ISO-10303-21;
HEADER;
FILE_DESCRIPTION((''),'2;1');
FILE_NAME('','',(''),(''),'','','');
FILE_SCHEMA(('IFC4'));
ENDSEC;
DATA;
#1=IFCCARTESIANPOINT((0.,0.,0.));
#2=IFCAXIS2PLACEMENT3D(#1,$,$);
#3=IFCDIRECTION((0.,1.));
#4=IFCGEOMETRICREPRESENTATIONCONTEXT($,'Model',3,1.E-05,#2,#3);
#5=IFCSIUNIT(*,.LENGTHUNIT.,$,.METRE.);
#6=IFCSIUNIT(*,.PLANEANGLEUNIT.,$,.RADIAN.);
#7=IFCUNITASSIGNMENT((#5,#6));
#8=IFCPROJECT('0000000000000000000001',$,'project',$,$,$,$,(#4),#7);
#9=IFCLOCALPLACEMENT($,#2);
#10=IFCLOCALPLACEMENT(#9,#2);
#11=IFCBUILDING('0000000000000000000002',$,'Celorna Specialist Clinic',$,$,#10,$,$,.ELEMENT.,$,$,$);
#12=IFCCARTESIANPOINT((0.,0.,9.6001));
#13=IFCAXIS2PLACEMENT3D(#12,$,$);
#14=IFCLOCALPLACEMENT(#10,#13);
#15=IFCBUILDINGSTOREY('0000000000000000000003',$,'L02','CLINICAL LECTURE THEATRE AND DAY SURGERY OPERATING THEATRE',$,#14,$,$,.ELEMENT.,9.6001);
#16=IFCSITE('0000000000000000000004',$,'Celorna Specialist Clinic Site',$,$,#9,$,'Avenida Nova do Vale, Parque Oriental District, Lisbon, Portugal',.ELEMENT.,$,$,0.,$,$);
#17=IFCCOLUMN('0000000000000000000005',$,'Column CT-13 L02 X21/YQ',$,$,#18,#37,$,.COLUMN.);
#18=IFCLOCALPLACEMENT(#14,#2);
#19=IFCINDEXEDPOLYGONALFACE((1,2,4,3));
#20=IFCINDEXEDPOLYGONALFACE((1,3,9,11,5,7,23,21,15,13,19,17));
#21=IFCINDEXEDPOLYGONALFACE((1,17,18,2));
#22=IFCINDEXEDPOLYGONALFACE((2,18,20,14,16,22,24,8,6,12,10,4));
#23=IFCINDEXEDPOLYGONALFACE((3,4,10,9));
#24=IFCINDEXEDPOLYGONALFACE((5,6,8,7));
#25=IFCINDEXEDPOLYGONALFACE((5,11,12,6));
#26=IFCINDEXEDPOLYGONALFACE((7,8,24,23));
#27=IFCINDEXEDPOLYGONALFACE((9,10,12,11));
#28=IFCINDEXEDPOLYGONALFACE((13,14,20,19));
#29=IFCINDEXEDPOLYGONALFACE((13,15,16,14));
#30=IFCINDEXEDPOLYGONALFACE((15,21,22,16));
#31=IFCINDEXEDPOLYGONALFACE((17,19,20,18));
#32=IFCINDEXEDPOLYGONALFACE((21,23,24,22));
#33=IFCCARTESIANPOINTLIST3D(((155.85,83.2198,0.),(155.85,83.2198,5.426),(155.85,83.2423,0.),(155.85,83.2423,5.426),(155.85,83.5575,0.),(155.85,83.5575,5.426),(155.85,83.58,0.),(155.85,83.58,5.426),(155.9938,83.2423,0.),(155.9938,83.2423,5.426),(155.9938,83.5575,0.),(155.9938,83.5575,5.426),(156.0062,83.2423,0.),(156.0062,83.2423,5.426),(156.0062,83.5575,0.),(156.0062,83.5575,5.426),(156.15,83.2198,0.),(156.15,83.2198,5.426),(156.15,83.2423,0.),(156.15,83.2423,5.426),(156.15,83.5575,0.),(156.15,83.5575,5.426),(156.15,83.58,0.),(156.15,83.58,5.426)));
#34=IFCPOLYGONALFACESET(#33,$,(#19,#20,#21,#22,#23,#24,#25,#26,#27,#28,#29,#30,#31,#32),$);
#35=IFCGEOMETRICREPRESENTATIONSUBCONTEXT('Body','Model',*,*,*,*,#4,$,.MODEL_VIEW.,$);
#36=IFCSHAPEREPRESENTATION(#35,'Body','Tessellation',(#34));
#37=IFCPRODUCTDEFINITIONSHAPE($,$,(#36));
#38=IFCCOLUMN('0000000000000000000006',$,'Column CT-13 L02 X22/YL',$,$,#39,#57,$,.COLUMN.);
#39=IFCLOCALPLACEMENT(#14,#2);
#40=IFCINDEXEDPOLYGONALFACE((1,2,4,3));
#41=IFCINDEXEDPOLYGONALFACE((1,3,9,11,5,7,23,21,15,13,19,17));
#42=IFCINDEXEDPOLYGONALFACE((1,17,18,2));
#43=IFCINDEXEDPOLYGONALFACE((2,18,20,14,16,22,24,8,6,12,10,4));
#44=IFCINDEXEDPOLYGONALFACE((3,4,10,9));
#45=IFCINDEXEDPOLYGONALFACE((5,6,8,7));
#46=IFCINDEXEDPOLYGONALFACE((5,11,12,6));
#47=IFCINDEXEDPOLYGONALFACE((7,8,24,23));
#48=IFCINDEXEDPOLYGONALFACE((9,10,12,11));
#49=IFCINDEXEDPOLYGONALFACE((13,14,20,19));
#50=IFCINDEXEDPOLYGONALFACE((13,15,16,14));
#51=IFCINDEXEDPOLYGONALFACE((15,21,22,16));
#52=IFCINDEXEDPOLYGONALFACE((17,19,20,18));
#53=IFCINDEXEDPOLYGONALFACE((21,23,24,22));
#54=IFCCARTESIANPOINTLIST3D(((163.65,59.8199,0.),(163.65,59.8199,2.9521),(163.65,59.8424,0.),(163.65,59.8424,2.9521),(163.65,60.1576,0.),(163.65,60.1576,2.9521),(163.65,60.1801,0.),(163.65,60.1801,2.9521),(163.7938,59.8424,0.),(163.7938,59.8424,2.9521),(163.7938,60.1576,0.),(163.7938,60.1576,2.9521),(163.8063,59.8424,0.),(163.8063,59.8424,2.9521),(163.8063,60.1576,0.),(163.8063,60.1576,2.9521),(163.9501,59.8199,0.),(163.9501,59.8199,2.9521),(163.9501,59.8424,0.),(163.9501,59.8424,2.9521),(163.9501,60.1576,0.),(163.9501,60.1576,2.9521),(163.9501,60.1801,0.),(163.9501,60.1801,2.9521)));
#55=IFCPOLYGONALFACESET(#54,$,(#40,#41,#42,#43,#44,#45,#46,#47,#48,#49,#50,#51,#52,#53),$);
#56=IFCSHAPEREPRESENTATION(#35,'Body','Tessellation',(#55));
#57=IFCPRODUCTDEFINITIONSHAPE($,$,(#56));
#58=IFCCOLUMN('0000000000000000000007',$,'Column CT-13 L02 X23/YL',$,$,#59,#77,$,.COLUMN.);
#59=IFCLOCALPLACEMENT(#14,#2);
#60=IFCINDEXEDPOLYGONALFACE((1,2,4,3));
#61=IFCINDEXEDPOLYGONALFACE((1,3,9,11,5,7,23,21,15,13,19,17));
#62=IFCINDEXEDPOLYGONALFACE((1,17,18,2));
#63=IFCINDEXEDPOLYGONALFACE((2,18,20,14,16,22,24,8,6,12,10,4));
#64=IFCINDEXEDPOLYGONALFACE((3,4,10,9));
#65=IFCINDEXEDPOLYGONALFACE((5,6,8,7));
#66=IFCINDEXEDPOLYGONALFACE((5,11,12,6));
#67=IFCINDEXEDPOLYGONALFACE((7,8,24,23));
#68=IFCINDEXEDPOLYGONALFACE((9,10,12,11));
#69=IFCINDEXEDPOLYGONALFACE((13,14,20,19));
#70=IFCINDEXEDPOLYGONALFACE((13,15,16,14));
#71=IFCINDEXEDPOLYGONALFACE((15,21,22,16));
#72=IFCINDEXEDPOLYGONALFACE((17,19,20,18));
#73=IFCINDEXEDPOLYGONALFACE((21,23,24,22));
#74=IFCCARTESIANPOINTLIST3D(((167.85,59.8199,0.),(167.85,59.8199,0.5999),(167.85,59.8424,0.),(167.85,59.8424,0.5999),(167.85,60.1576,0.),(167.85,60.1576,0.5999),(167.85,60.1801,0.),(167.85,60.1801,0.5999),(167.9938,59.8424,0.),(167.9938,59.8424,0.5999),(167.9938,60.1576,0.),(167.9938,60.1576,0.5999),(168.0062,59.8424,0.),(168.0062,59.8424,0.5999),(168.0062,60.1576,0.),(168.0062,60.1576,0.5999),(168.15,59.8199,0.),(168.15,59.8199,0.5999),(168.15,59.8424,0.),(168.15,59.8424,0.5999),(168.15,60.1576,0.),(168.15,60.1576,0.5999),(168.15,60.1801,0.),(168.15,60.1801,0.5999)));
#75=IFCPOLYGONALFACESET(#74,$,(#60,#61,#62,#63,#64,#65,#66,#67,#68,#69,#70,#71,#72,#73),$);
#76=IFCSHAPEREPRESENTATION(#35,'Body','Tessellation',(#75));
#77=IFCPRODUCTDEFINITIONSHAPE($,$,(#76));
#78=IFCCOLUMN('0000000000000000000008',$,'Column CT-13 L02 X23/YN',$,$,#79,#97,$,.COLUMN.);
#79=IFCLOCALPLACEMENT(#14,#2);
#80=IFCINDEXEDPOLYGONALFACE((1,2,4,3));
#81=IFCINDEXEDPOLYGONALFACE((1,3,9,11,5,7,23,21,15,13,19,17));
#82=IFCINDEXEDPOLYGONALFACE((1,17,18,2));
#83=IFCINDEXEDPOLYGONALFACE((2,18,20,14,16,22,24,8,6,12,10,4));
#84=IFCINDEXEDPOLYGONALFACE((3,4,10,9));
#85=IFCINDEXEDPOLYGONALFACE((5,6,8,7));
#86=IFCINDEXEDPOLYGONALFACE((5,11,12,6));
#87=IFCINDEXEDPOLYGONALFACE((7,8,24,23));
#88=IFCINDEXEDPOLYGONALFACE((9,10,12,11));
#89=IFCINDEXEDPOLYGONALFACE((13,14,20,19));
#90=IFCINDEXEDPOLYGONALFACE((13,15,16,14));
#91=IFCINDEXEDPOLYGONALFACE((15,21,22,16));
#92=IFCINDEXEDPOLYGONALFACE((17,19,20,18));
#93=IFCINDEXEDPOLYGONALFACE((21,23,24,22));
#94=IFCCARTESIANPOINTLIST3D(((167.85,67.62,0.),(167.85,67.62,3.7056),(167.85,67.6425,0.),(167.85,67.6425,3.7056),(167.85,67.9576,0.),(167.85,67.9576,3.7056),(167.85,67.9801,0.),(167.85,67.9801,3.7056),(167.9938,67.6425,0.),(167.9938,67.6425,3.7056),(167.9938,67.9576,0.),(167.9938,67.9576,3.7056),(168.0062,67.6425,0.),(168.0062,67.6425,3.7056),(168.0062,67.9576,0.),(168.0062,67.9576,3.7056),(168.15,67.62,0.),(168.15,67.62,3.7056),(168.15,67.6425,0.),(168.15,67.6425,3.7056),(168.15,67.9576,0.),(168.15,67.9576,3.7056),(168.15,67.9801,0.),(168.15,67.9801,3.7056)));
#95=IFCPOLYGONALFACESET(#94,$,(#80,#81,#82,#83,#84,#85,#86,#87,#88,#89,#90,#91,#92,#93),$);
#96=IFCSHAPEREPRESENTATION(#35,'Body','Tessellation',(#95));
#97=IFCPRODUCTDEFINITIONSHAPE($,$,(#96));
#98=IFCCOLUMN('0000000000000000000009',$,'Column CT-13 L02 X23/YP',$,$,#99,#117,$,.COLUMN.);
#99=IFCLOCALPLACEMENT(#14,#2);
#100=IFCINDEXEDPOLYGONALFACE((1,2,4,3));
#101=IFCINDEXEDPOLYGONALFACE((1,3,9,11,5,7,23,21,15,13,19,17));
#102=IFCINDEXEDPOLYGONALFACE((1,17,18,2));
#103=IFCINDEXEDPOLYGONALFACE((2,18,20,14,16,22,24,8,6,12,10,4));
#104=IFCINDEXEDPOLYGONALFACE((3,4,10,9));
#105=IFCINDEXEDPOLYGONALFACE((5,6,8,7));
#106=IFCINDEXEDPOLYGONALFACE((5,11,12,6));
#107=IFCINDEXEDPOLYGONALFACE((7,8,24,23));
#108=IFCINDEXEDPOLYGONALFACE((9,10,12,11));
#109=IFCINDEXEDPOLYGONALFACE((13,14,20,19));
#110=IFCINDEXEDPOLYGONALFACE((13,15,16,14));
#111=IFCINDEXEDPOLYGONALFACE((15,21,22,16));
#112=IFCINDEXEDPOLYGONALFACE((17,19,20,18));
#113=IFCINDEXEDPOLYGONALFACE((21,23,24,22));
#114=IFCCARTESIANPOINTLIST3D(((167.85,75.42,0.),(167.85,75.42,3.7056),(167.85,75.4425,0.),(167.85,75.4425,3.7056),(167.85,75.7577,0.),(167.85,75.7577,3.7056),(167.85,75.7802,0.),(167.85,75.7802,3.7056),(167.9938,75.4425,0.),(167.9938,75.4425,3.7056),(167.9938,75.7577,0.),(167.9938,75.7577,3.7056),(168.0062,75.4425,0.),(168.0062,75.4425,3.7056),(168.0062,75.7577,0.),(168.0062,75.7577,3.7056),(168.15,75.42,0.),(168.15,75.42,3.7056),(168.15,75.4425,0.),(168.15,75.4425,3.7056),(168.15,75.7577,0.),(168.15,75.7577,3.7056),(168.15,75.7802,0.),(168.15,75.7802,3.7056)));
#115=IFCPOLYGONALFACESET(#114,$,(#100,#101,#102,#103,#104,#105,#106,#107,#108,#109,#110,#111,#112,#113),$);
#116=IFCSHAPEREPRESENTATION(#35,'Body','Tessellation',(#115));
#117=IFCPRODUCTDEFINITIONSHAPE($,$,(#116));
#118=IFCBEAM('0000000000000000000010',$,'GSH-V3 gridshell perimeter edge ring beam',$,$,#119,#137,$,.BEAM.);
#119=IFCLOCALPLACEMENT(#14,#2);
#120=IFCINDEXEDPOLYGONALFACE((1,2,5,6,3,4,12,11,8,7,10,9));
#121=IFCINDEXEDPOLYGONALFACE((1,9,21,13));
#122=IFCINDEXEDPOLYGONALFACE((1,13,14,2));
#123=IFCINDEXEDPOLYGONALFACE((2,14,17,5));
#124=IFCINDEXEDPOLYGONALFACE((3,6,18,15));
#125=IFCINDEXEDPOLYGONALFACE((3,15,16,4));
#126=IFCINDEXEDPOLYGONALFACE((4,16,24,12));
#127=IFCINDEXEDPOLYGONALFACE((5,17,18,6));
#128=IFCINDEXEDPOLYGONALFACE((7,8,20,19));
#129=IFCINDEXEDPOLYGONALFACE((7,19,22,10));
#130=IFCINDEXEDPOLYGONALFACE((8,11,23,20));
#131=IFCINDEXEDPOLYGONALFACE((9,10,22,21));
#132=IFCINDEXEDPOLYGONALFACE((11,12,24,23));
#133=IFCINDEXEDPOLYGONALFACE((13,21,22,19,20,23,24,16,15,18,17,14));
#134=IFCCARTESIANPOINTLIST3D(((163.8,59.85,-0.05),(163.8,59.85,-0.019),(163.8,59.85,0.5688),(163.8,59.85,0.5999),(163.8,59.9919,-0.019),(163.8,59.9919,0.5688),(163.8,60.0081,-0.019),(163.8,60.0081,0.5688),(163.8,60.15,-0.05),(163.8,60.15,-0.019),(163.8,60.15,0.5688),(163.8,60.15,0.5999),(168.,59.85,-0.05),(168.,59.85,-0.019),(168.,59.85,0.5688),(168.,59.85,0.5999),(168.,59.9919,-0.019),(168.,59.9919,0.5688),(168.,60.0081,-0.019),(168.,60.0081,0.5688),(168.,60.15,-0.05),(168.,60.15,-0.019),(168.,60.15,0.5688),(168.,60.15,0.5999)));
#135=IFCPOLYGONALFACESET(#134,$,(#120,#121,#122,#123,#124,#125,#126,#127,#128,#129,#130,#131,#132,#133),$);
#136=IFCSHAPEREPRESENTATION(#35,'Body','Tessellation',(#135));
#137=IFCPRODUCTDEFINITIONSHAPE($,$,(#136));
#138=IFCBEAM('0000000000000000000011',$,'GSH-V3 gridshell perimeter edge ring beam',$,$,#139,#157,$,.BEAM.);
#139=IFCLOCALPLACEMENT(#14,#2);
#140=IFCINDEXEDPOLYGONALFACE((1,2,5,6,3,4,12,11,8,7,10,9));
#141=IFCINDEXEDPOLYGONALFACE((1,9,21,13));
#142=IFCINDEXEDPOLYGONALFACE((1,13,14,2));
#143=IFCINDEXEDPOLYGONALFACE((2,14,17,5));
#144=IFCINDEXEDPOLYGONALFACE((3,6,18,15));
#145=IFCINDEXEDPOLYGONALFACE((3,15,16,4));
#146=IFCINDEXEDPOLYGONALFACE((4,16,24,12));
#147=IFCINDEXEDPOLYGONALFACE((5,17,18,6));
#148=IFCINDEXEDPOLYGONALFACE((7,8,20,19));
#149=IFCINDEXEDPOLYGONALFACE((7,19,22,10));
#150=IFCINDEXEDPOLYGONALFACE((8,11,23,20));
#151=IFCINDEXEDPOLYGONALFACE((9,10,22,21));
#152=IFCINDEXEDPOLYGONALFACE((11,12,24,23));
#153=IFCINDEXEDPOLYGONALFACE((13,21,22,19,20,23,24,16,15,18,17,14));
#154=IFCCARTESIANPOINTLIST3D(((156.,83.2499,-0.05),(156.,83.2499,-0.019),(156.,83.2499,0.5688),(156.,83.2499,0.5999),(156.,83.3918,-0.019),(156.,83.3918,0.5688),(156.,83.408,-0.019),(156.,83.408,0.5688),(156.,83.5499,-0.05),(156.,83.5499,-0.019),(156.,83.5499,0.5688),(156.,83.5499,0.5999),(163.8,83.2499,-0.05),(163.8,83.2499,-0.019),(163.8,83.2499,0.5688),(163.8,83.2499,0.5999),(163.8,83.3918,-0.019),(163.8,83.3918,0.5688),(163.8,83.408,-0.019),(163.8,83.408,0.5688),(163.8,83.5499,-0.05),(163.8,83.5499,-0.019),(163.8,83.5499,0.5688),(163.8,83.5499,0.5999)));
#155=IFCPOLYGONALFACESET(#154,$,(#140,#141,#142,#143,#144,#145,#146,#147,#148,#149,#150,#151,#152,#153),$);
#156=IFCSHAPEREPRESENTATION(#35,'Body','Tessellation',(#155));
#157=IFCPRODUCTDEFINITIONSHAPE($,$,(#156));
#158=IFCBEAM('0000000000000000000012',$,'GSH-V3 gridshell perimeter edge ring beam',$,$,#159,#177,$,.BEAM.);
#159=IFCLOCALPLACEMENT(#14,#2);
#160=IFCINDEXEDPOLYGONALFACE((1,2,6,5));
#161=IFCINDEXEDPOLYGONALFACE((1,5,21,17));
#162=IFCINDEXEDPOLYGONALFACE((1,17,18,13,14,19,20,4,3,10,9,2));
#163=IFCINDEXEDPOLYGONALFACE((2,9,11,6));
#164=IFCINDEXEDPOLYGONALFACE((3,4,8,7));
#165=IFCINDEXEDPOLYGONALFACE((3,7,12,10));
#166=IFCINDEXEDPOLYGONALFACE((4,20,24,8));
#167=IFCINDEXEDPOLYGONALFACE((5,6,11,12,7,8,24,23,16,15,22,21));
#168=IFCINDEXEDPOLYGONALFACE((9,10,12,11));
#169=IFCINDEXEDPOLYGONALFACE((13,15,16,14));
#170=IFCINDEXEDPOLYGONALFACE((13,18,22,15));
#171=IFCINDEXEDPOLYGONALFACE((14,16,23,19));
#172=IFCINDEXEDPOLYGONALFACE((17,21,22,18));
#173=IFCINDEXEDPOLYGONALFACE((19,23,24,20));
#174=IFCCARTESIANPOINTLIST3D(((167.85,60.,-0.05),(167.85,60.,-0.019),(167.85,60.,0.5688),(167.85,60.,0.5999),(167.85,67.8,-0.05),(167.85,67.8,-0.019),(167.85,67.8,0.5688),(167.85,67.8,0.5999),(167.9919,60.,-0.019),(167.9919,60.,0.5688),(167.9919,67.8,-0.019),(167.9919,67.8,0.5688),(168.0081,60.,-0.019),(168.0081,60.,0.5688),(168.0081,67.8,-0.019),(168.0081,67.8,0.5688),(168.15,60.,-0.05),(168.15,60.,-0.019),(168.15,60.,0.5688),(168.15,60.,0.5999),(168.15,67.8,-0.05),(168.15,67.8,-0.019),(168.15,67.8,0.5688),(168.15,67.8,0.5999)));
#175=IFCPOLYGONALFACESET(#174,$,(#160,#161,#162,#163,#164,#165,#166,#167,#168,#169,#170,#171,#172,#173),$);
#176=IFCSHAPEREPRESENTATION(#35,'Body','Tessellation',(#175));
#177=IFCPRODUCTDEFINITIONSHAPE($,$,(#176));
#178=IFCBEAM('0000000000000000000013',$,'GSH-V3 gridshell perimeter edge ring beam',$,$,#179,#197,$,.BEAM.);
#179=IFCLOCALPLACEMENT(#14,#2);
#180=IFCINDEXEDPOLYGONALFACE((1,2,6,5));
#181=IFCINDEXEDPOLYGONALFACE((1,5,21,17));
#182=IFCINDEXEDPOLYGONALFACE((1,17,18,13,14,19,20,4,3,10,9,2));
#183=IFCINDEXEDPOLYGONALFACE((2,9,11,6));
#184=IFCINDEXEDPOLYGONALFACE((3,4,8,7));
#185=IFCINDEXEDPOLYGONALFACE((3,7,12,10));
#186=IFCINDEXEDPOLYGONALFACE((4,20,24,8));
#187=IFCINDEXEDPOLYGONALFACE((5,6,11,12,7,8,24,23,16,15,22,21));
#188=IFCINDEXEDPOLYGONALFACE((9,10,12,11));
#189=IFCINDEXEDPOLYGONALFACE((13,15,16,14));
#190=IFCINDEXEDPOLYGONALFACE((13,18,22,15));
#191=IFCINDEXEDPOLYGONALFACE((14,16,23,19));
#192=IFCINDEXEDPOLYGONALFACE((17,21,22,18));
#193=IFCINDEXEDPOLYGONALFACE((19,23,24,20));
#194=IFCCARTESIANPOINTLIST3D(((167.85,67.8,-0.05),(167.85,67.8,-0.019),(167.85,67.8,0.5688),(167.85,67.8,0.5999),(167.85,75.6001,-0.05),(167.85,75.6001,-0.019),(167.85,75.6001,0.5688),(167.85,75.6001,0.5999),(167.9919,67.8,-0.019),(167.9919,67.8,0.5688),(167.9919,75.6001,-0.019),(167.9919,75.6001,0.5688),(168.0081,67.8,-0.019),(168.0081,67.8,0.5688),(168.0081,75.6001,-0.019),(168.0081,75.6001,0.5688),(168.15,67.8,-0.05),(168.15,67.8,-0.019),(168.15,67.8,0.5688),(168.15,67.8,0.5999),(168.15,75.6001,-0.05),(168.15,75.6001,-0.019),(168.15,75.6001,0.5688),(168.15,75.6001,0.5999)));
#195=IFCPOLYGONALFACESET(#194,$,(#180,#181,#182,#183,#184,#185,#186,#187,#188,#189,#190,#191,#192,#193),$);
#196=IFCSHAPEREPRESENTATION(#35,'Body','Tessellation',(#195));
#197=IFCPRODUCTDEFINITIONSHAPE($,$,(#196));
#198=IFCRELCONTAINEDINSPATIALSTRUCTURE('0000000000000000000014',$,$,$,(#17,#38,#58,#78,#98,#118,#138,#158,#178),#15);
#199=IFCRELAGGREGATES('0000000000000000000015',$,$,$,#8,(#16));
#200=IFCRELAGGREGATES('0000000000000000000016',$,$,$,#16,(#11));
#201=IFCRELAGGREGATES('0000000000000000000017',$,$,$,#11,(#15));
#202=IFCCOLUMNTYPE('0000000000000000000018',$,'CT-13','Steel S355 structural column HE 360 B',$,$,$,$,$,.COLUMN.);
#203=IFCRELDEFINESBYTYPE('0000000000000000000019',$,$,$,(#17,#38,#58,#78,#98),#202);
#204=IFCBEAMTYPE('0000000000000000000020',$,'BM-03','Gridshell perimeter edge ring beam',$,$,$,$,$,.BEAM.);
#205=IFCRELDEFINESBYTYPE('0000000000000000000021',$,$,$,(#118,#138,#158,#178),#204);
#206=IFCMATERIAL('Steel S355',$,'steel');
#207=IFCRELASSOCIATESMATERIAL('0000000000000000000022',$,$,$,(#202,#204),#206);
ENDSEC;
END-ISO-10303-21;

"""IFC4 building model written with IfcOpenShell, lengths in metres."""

from ifc_helpers import new_model, si_unit, direction, frame, origin, origin_2d, place, context, subcontext, project, spatial, i_section, extrude, material, material_profile, profile_set, type_object, element, save


model = new_model("IFC4")

# Units and contexts
model_context = context("Model", 3, precision=1e-05, world=origin(), true_north=direction((0.0, 1.0)))
body_context = subcontext(model_context, "Body", "Model", "MODEL_VIEW")
ifc_project = project(units=[si_unit("LENGTHUNIT", "METRE"), si_unit("PLANEANGLEUNIT", "RADIAN")], contexts=[model_context])

# Site, building, storey
site_placement = place(None, origin())
site = spatial("IfcSite", under=ifc_project, at=site_placement, Name="Celorna Specialist Clinic Site", LongName="Avenida Nova do Vale, Parque Oriental District, Lisbon, Portugal", CompositionType="ELEMENT", RefElevation=0.0)
building_placement = place(site_placement, origin())
building = spatial("IfcBuilding", under=site, at=building_placement, Name="Celorna Specialist Clinic", CompositionType="ELEMENT")
storey_placement = place(building_placement, frame((0.0, 0.0, 9.6001)))
storey = spatial("IfcBuildingStorey", under=building, at=storey_placement, Name="L02", Description="CLINICAL LECTURE THEATRE AND DAY SURGERY OPERATING THEATRE", CompositionType="ELEMENT", Elevation=9.6001)

# Columns
ifc_material_1 = material(Name="Steel S355", Category="steel")
ifc_material_profile_1 = material_profile(ifc_material_1, i_section(OverallWidth=0.3, OverallDepth=0.3601, WebThickness=0.0125, FlangeThickness=0.0225, at=origin_2d()), Name="HE 360 B")
ifc_profile_set_1 = profile_set([ifc_material_profile_1], Name="Steel S355")
column_type = type_object("IfcColumnType", Name="CT-13", Description="Steel S355 structural column HE 360 B", PredefinedType="COLUMN", material=ifc_profile_set_1)
column_1_placement = place(storey_placement, frame((156.0, 83.3999, 0.0), z_axis=(0.0, 0.0, 1.0), x_axis=(1.0, 0.0, 0.0)))
element("IfcColumn", 1, at=column_1_placement, inside=storey, type_object=column_type, Name="Column CT-13 L02 X21/YQ", PredefinedType="COLUMN", context=body_context, shape_type="SweptSolid", body=[
    extrude(i_section(OverallWidth=0.3, OverallDepth=0.3601, WebThickness=0.0125, FlangeThickness=0.0225, at=origin_2d()), origin(), (0.0, 0.0, 1.0), 5.426),
])
column_2_placement = place(storey_placement, frame((163.8, 60.0, 0.0), z_axis=(0.0, 0.0, 1.0), x_axis=(1.0, 0.0, 0.0)))
element("IfcColumn", 2, at=column_2_placement, inside=storey, type_object=column_type, Name="Column CT-13 L02 X22/YL", PredefinedType="COLUMN", context=body_context, shape_type="SweptSolid", body=[
    extrude(i_section(OverallWidth=0.3, OverallDepth=0.3601, WebThickness=0.0125, FlangeThickness=0.0225, at=origin_2d()), origin(), (0.0, 0.0, 1.0), 2.9521),
])
column_3_placement = place(storey_placement, frame((168.0, 60.0, 0.0), z_axis=(0.0, 0.0, 1.0), x_axis=(1.0, 0.0, 0.0)))
element("IfcColumn", 3, at=column_3_placement, inside=storey, type_object=column_type, Name="Column CT-13 L02 X23/YL", PredefinedType="COLUMN", context=body_context, shape_type="SweptSolid", body=[
    extrude(i_section(OverallWidth=0.3, OverallDepth=0.3601, WebThickness=0.0125, FlangeThickness=0.0225, at=origin_2d()), origin(), (0.0, 0.0, 1.0), 0.5999),
])
for number, where, z_axis, x_axis, name in (
    (4, (168.0, 67.8, 0.0), (0.0, 0.0, 1.0), (1.0, 0.0, 0.0), "Column CT-13 L02 X23/YN"),
    (5, (168.0, 75.6001, 0.0), (0.0, 0.0, 1.0), (1.0, 0.0, 0.0), "Column CT-13 L02 X23/YP"),
):
    element("IfcColumn", number, at=place(storey_placement, frame(where, z_axis=z_axis, x_axis=x_axis)), inside=storey, type_object=column_type, Name=name, PredefinedType="COLUMN", context=body_context, shape_type="SweptSolid", body=[
        extrude(i_section(OverallWidth=0.3, OverallDepth=0.3601, WebThickness=0.0125, FlangeThickness=0.0225, at=origin_2d()), origin(), (0.0, 0.0, 1.0), 3.7056),
    ])

# Beams
ifc_material_profile_2 = material_profile(ifc_material_1, i_section(OverallWidth=0.3, OverallDepth=0.6499, WebThickness=0.0161, FlangeThickness=0.031, at=origin_2d()), Name="HE 650 B")
ifc_profile_set_2 = profile_set([ifc_material_profile_2], Name="Steel S355")
beam_type = type_object("IfcBeamType", Name="BM-03", Description="Gridshell perimeter edge ring beam", PredefinedType="BEAM", material=ifc_profile_set_2)
beam_1_placement = place(storey_placement, frame((163.8, 60.0, 0.2749), z_axis=(1.0, 0.0, 0.0), x_axis=(0.0, 1.0, 0.0)))
element("IfcBeam", 6, at=beam_1_placement, inside=storey, type_object=beam_type, Name="GSH-V3 gridshell perimeter edge ring beam", PredefinedType="BEAM", context=body_context, shape_type="SweptSolid", body=[
    extrude(i_section(OverallWidth=0.3, OverallDepth=0.6499, WebThickness=0.0161, FlangeThickness=0.031, at=origin_2d()), origin(), (0.0, 0.0, 1.0), 4.2),
])
for number, where, z_axis, x_axis, name in (
    (7, (156.0, 83.3999, 0.2749), (1.0, 0.0, 0.0), (0.0, 1.0, 0.0), "GSH-V3 gridshell perimeter edge ring beam"),
    (8, (168.0, 60.0, 0.2749), (0.0, 1.0, 0.0), (-1.0, 0.0, 0.0), "GSH-V3 gridshell perimeter edge ring beam"),
    (9, (168.0, 67.8, 0.2749), (0.0, 1.0, 0.0), (-1.0, 0.0, 0.0), "GSH-V3 gridshell perimeter edge ring beam"),
):
    element("IfcBeam", number, at=place(storey_placement, frame(where, z_axis=z_axis, x_axis=x_axis)), inside=storey, type_object=beam_type, Name=name, PredefinedType="BEAM", context=body_context, shape_type="SweptSolid", body=[
        extrude(i_section(OverallWidth=0.3, OverallDepth=0.6499, WebThickness=0.0161, FlangeThickness=0.031, at=origin_2d()), origin(), (0.0, 0.0, 1.0), 7.8),
    ])

save(model, "model.ifc")
